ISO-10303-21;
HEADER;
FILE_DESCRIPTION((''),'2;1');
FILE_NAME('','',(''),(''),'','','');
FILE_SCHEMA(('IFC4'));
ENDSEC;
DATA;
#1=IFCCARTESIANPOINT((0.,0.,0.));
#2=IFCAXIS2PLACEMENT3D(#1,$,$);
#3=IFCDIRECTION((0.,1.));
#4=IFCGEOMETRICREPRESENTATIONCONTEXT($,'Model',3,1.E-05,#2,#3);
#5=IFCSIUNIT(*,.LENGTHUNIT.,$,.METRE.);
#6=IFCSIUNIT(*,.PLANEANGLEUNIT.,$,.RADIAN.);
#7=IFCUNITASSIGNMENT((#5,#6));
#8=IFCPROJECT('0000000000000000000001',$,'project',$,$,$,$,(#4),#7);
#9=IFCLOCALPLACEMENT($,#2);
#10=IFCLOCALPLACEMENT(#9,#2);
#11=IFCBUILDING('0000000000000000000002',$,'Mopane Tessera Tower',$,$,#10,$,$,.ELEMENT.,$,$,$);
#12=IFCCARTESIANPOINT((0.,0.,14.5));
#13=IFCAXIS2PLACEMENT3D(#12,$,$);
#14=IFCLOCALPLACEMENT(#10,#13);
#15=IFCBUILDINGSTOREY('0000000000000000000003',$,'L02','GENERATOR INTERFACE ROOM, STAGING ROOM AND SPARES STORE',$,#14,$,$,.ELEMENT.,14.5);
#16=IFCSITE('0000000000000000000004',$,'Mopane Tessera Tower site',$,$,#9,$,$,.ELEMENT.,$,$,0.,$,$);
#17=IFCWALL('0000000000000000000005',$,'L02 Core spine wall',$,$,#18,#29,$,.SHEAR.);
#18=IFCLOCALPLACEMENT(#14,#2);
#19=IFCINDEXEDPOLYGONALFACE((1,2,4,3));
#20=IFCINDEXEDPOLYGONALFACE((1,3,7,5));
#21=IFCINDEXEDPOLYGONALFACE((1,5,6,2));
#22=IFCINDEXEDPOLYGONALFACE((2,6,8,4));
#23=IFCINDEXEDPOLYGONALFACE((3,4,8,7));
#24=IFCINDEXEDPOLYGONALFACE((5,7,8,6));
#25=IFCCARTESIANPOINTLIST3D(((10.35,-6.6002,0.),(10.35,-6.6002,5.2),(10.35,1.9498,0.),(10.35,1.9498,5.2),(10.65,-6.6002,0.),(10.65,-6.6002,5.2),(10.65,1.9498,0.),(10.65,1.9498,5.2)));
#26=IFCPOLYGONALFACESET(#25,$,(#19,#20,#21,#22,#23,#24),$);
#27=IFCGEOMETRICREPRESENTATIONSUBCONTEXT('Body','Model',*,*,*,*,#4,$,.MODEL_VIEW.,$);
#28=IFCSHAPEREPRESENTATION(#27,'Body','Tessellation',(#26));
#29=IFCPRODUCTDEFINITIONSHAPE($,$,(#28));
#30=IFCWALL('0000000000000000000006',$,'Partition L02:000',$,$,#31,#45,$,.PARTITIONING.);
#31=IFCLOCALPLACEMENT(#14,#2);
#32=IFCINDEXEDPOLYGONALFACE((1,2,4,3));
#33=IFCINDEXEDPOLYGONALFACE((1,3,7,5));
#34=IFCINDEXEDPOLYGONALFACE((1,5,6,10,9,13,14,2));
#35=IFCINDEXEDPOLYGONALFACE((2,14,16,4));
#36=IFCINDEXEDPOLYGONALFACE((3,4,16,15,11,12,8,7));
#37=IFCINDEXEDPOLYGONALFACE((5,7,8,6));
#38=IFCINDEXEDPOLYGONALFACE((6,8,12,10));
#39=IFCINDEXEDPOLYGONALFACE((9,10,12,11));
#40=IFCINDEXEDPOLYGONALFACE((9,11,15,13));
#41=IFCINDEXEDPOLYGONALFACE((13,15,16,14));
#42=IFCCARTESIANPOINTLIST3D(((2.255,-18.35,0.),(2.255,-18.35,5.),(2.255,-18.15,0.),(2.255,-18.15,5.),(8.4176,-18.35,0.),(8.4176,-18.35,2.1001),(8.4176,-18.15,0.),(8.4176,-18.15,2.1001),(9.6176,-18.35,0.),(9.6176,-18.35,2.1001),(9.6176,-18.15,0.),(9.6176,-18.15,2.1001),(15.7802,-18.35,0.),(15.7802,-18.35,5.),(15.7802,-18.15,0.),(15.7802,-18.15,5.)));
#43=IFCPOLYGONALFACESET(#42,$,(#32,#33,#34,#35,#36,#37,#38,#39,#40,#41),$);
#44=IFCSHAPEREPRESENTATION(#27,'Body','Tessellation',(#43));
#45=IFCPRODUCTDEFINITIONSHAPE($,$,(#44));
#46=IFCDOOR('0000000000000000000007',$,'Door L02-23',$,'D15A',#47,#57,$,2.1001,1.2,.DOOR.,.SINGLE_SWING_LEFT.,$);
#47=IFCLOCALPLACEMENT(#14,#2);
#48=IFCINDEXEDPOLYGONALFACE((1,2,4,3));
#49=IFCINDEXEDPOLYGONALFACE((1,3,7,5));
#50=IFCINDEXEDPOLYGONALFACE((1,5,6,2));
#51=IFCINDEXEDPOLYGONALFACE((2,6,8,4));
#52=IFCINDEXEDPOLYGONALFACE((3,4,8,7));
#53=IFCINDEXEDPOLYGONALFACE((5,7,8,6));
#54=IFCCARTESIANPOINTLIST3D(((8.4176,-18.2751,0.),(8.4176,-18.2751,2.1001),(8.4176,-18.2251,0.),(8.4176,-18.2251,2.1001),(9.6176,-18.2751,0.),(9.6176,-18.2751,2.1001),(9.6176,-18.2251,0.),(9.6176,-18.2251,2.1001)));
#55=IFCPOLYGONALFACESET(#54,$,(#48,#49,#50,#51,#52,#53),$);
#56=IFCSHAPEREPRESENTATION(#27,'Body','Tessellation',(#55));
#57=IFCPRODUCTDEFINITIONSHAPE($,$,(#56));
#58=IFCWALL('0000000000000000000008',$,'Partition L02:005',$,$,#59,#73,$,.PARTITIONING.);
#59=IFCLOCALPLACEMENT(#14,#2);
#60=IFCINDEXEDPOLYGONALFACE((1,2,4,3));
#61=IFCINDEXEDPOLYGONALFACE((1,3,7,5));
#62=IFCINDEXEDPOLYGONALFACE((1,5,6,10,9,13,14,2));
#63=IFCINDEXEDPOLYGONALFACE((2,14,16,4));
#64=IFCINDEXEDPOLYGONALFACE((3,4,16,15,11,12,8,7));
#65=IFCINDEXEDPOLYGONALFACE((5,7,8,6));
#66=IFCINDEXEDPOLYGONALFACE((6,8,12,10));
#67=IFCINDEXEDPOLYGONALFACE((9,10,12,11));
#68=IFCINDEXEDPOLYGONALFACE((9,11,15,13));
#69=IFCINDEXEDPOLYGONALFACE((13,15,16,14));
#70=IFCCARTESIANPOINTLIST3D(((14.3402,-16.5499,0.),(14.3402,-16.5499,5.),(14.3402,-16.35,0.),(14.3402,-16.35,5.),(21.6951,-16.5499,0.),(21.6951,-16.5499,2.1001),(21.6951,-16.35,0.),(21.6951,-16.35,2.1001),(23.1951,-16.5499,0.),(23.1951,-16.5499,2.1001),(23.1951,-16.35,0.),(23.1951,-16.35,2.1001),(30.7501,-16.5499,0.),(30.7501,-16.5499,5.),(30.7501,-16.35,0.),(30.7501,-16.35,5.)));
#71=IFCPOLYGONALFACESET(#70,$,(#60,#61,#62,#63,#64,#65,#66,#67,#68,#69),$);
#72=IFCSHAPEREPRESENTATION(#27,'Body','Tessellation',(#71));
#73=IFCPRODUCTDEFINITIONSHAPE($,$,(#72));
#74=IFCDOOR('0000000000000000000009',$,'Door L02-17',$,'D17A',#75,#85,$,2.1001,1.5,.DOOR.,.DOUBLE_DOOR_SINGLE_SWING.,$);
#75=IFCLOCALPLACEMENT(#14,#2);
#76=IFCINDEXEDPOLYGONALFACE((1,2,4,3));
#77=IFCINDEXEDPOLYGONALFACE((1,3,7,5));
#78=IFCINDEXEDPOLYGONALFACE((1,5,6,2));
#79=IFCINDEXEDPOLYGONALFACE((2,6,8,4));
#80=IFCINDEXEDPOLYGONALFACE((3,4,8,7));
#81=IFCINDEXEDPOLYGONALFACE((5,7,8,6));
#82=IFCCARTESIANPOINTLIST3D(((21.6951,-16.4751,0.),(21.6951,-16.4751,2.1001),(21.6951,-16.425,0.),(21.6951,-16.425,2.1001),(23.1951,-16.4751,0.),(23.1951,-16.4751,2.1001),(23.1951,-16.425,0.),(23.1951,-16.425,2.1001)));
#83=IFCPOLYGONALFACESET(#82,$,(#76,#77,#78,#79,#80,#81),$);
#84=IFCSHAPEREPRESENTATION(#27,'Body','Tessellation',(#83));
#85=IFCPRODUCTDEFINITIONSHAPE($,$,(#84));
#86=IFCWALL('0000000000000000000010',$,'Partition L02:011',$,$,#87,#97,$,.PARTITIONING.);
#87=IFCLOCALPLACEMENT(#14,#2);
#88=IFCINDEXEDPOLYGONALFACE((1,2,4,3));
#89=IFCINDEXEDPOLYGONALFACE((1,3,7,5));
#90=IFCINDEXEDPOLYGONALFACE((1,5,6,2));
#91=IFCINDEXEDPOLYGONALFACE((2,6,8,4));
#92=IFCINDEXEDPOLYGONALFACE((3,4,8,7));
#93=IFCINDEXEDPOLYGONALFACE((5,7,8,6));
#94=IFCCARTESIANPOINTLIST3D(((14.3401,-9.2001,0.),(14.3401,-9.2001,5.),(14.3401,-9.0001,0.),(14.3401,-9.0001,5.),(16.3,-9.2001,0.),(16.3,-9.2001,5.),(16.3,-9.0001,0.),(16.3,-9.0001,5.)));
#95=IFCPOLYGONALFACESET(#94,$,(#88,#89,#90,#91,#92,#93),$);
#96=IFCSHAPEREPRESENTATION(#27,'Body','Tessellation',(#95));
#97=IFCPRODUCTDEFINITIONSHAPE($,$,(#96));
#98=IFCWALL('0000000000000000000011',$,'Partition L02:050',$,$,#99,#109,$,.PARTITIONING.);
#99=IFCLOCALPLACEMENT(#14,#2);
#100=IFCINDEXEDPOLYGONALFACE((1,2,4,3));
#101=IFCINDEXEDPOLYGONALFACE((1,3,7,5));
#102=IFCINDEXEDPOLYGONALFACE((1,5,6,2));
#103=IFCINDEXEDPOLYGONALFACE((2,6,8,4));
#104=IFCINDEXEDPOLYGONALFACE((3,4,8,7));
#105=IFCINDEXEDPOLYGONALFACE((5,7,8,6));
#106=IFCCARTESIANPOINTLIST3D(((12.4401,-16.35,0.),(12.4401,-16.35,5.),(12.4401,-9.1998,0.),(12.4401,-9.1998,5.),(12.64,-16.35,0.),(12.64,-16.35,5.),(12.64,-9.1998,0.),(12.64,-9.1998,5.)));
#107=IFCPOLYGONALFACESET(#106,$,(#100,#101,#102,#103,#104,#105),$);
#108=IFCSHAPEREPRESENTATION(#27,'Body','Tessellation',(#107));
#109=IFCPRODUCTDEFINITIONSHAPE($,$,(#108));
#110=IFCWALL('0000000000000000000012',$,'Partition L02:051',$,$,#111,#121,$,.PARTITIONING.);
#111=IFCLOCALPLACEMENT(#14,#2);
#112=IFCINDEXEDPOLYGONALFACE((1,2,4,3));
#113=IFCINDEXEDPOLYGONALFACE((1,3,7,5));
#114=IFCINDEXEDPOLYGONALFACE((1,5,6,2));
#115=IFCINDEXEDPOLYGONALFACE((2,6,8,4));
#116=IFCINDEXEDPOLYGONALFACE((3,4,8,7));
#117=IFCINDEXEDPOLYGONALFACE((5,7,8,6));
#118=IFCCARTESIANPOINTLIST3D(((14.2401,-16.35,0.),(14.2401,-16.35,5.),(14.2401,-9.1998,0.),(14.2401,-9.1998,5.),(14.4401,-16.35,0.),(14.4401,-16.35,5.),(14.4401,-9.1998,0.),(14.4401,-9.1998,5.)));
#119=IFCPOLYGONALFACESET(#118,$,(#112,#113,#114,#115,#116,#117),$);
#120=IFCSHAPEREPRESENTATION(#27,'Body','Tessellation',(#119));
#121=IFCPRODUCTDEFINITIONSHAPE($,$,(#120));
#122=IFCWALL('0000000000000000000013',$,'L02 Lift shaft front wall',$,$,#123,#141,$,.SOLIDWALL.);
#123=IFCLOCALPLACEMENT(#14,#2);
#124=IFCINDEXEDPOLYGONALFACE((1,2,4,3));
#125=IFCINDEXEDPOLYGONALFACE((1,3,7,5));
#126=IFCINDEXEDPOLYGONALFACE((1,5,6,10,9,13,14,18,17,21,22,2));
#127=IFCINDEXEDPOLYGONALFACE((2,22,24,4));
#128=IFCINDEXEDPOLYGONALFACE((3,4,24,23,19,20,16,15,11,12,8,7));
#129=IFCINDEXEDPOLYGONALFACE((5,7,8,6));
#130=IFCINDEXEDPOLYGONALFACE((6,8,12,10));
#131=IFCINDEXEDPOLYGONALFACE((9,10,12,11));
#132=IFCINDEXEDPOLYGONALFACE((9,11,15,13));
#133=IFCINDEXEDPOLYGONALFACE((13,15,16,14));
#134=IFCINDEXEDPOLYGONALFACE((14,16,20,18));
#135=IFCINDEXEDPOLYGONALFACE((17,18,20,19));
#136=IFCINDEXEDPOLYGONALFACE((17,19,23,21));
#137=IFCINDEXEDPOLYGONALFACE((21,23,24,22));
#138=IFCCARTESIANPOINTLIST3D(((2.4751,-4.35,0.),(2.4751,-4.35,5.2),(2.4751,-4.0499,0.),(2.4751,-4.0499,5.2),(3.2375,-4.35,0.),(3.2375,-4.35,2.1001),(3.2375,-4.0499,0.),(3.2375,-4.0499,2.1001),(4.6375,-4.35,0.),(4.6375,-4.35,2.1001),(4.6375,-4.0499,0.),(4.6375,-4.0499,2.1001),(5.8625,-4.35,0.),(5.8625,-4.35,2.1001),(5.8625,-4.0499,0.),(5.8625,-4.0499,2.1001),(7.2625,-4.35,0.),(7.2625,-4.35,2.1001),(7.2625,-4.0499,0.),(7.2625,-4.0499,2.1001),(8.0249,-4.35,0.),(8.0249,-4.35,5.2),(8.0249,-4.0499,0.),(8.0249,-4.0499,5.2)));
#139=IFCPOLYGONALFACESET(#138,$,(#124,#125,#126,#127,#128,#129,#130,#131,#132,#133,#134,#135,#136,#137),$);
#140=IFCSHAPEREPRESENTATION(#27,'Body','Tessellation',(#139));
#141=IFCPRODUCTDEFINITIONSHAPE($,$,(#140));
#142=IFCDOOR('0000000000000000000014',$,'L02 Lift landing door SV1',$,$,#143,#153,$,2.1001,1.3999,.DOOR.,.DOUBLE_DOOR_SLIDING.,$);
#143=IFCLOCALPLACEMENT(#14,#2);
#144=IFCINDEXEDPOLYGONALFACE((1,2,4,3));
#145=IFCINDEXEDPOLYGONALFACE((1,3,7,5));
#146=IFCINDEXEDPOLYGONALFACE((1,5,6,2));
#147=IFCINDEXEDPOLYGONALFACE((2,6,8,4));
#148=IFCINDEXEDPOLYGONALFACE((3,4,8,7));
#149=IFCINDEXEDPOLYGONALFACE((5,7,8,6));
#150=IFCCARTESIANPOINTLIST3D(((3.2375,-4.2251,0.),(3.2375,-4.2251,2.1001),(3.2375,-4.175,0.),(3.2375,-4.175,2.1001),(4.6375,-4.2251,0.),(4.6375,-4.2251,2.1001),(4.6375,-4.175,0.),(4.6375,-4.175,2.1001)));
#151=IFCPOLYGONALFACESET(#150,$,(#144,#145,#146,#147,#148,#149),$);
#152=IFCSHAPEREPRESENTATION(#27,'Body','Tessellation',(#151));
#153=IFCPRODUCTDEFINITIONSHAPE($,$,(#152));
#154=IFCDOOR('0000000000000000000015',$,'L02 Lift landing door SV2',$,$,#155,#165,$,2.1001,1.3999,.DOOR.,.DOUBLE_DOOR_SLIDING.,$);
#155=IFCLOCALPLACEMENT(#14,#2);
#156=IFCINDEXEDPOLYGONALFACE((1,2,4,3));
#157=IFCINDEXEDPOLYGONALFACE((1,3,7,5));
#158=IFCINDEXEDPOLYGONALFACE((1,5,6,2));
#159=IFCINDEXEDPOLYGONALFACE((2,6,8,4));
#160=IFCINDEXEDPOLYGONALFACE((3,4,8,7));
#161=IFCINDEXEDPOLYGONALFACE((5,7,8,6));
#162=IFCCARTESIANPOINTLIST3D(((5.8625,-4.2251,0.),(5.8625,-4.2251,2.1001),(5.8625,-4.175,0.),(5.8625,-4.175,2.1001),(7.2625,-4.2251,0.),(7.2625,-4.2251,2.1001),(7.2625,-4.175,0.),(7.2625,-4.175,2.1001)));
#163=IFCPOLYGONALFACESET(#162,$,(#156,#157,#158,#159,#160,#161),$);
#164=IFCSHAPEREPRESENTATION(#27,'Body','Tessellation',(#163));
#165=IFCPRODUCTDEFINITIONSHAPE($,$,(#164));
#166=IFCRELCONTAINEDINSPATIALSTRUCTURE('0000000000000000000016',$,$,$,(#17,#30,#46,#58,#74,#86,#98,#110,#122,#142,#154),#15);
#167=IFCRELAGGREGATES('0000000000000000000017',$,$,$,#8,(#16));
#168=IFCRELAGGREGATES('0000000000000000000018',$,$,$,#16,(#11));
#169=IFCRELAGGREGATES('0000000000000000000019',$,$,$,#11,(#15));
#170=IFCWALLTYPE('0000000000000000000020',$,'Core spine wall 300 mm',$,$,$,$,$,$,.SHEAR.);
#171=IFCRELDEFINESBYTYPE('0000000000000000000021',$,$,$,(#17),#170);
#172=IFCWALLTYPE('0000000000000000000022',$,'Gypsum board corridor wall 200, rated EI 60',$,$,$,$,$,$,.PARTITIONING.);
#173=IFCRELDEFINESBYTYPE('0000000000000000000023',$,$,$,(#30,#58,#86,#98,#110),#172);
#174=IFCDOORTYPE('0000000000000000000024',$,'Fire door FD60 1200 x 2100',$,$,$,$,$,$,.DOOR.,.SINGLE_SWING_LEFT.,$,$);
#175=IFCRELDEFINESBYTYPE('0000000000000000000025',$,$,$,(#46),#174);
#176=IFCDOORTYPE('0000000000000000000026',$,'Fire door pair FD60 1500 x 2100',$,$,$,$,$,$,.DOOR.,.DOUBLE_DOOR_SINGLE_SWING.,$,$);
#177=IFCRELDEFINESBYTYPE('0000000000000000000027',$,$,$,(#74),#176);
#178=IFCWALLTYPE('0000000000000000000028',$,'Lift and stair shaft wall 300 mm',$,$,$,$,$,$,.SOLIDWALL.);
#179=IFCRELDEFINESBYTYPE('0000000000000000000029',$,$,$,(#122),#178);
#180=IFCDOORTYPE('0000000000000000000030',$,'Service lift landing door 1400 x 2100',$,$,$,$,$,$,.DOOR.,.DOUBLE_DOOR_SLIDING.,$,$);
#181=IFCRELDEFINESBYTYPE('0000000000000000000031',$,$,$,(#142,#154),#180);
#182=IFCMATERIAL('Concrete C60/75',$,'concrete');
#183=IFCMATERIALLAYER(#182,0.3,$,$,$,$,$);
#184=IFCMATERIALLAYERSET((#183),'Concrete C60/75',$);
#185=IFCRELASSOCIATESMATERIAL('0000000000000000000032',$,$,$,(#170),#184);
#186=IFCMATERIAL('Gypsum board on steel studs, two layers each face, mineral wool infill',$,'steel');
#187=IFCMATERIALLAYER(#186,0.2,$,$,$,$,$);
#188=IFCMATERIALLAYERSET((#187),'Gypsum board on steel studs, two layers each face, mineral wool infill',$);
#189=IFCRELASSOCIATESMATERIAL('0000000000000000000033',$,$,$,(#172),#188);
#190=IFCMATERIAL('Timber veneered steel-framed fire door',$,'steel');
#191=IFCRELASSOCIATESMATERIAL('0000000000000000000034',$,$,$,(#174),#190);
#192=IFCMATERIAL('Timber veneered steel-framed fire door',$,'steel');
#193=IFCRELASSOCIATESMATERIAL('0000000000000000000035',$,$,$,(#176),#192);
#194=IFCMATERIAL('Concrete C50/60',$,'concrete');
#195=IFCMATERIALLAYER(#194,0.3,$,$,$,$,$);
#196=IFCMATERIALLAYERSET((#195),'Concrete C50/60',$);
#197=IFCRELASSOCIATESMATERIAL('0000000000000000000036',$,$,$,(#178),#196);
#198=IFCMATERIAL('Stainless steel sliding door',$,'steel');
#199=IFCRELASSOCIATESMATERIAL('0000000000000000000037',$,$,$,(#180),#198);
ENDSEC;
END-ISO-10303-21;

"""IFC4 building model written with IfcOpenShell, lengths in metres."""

from ifc_helpers import new_model, si_unit, direction, frame, frame_2d, origin, place, context, subcontext, project, spatial, rectangle, extrude, material, layer, layer_set, type_object, element, fill, save


model = new_model("IFC4")

# Units and contexts
model_context = context("Model", 3, precision=1e-05, world=origin(), true_north=direction((0.0, 1.0)))
body_context = subcontext(model_context, "Body", "Model", "MODEL_VIEW")
ifc_project = project(units=[si_unit("LENGTHUNIT", "METRE"), si_unit("PLANEANGLEUNIT", "RADIAN")], contexts=[model_context])

# Site, building, storey
site_placement = place(None, origin())
site = spatial("IfcSite", under=ifc_project, at=site_placement, Name="Mopane Tessera Tower site", CompositionType="ELEMENT", RefElevation=0.0)
building_placement = place(site_placement, origin())
building = spatial("IfcBuilding", under=site, at=building_placement, Name="Mopane Tessera Tower", CompositionType="ELEMENT")
storey_placement = place(building_placement, frame((0.0, 0.0, 14.5)))
storey = spatial("IfcBuildingStorey", under=building, at=storey_placement, Name="L02", Description="GENERATOR INTERFACE ROOM, STAGING ROOM AND SPARES STORE", CompositionType="ELEMENT", Elevation=14.5)

# Wall
ifc_material_1 = material(Name="Concrete C60/75", Category="concrete")
ifc_layer_1 = layer(ifc_material_1, 0.3)
ifc_layer_set_1 = layer_set([ifc_layer_1], Name="Concrete C60/75")
wall_type_1 = type_object("IfcWallType", Name="Core spine wall 300 mm", PredefinedType="SHEAR", material=ifc_layer_set_1)
wall_1_placement = place(storey_placement, frame((10.5, -6.6001, 0.0), z_axis=(0.0, 0.0, 1.0), x_axis=(0.0, 1.0, 0.0)))
element("IfcWall", 1, at=wall_1_placement, inside=storey, type_object=wall_type_1, Name="L02 Core spine wall", PredefinedType="SHEAR", context=body_context, shape_type="SweptSolid", body=[
    extrude(rectangle(XDim=8.55, YDim=0.3, at=frame_2d((4.2749, 0.0))), origin(), (0.0, 0.0, 1.0), 5.2),
])

# Walls, openings, doors
ifc_material_2 = material(Name="Gypsum board on steel studs, two layers each face, mineral wool infill", Category="steel")
ifc_layer_2 = layer(ifc_material_2, 0.2)
ifc_layer_set_2 = layer_set([ifc_layer_2], Name="Gypsum board on steel studs, two layers each face, mineral wool infill")
wall_type_2 = type_object("IfcWallType", Name="Gypsum board corridor wall 200, rated EI 60", PredefinedType="PARTITIONING", material=ifc_layer_set_2)
wall_2_placement = place(storey_placement, frame((2.2549, -18.25, 0.0), z_axis=(0.0, 0.0, 1.0), x_axis=(1.0, 0.0, 0.0)))
wall_2 = element("IfcWall", 2, at=wall_2_placement, inside=storey, type_object=wall_type_2, Name="Partition L02:000", PredefinedType="PARTITIONING", context=body_context, shape_type="SweptSolid", body=[
    extrude(rectangle(XDim=13.5251, YDim=0.2, at=frame_2d((6.7627, 0.0))), origin(), (0.0, 0.0, 1.0), 5.0),
])
opening_1_placement = place(wall_2_placement, frame((6.1626, 0.0, 0.0)))
opening_1 = element("IfcOpeningElement", 3, at=opening_1_placement, cuts=wall_2, PredefinedType="OPENING", context=body_context, shape_type="SweptSolid", body=[
    extrude(rectangle(XDim=1.2, YDim=2.1001, at=frame_2d((0.6001, 1.05))), frame((0.0, 0.1121, 0.0), z_axis=(0.0, -1.0, 0.0), x_axis=(1.0, 0.0, 0.0)), (0.0, 0.0, 1.0), 0.2239),
])
ifc_material_3 = material(Name="Timber veneered steel-framed fire door", Category="steel")
door_type_1 = type_object("IfcDoorType", Name="Fire door FD60 1200 x 2100", OperationType="SINGLE_SWING_LEFT", PredefinedType="DOOR", material=ifc_material_3)
door_1_placement = place(opening_1_placement, origin())
door_1 = element("IfcDoor", 4, at=door_1_placement, inside=storey, type_object=door_type_1, Name="Door L02-23", ObjectType="D15A", OperationType="SINGLE_SWING_LEFT", OverallHeight=2.1001, OverallWidth=1.2, PredefinedType="DOOR", context=body_context, shape_type="SweptSolid", body=[
    extrude(rectangle(XDim=1.2, YDim=2.1001, at=frame_2d((0.6001, 1.05))), frame((0.0, 0.0249, 0.0), z_axis=(0.0, -1.0, 0.0), x_axis=(1.0, 0.0, 0.0)), (0.0, 0.0, 1.0), 0.05),
])
fill(opening_1, door_1)
wall_3_placement = place(storey_placement, frame((14.3401, -16.45, 0.0), z_axis=(0.0, 0.0, 1.0), x_axis=(1.0, 0.0, 0.0)))
wall_3 = element("IfcWall", 5, at=wall_3_placement, inside=storey, type_object=wall_type_2, Name="Partition L02:005", PredefinedType="PARTITIONING", context=body_context, shape_type="SweptSolid", body=[
    extrude(rectangle(XDim=16.4099, YDim=0.2, at=frame_2d((8.2051, 0.0))), origin(), (0.0, 0.0, 1.0), 5.0),
])
opening_2_placement = place(wall_3_placement, frame((7.355, 0.0, 0.0)))
opening_2 = element("IfcOpeningElement", 6, at=opening_2_placement, cuts=wall_3, PredefinedType="OPENING", context=body_context, shape_type="SweptSolid", body=[
    extrude(rectangle(XDim=1.5, YDim=2.1001, at=frame_2d((0.75, 1.05))), frame((0.0, 0.1121, 0.0), z_axis=(0.0, -1.0, 0.0), x_axis=(1.0, 0.0, 0.0)), (0.0, 0.0, 1.0), 0.2239),
])
ifc_material_4 = material(Name="Timber veneered steel-framed fire door", Category="steel")
door_type_2 = type_object("IfcDoorType", Name="Fire door pair FD60 1500 x 2100", OperationType="DOUBLE_DOOR_SINGLE_SWING", PredefinedType="DOOR", material=ifc_material_4)
door_2_placement = place(opening_2_placement, origin())
door_2 = element("IfcDoor", 7, at=door_2_placement, inside=storey, type_object=door_type_2, Name="Door L02-17", ObjectType="D17A", OperationType="DOUBLE_DOOR_SINGLE_SWING", OverallHeight=2.1001, OverallWidth=1.5, PredefinedType="DOOR", context=body_context, shape_type="SweptSolid", body=[
    extrude(rectangle(XDim=1.5, YDim=2.1001, at=frame_2d((0.75, 1.05))), frame((0.0, 0.0249, 0.0), z_axis=(0.0, -1.0, 0.0), x_axis=(1.0, 0.0, 0.0)), (0.0, 0.0, 1.0), 0.05),
])
fill(opening_2, door_2)

# Walls
wall_4_placement = place(storey_placement, frame((14.3401, -9.1001, 0.0), z_axis=(0.0, 0.0, 1.0), x_axis=(1.0, 0.0, 0.0)))
element("IfcWall", 8, at=wall_4_placement, inside=storey, type_object=wall_type_2, Name="Partition L02:011", PredefinedType="PARTITIONING", context=body_context, shape_type="SweptSolid", body=[
    extrude(rectangle(XDim=1.96, YDim=0.2, at=frame_2d((0.98, 0.0))), origin(), (0.0, 0.0, 1.0), 5.0),
])
for number, where, z_axis, x_axis, name in (
    (9, (12.54, -16.3501, 0.0), (0.0, 0.0, 1.0), (0.0, 1.0, 0.0), "Partition L02:050"),
    (10, (14.3401, -16.3501, 0.0), (0.0, 0.0, 1.0), (0.0, 1.0, 0.0), "Partition L02:051"),
):
    element("IfcWall", number, at=place(storey_placement, frame(where, z_axis=z_axis, x_axis=x_axis)), inside=storey, type_object=wall_type_2, Name=name, PredefinedType="PARTITIONING", context=body_context, shape_type="SweptSolid", body=[
        extrude(rectangle(XDim=7.1501, YDim=0.2, at=frame_2d((3.5752, 0.0))), origin(), (0.0, 0.0, 1.0), 5.0),
    ])

# Wall, openings, doors
ifc_material_5 = material(Name="Concrete C50/60", Category="concrete")
ifc_layer_3 = layer(ifc_material_5, 0.3)
ifc_layer_set_3 = layer_set([ifc_layer_3], Name="Concrete C50/60")
wall_type_3 = type_object("IfcWallType", Name="Lift and stair shaft wall 300 mm", PredefinedType="SOLIDWALL", material=ifc_layer_set_3)
wall_5_placement = place(storey_placement, frame((2.4751, -4.2, 0.0), z_axis=(0.0, 0.0, 1.0), x_axis=(1.0, 0.0, 0.0)))
wall_5 = element("IfcWall", 11, at=wall_5_placement, inside=storey, type_object=wall_type_3, Name="L02 Lift shaft front wall", PredefinedType="SOLIDWALL", context=body_context, shape_type="SweptSolid", body=[
    extrude(rectangle(XDim=5.5498, YDim=0.3, at=frame_2d((2.7749, 0.0))), origin(), (0.0, 0.0, 1.0), 5.2),
])
opening_3_placement = place(wall_5_placement, frame((0.7625, 0.0, 0.0)))
opening_3 = element("IfcOpeningElement", 12, at=opening_3_placement, cuts=wall_5, PredefinedType="OPENING", context=body_context, shape_type="SweptSolid", body=[
    extrude(rectangle(XDim=1.3999, YDim=2.1001, at=frame_2d((0.7, 1.05))), frame((0.0, 0.1621, 0.0), z_axis=(0.0, -1.0, 0.0), x_axis=(1.0, 0.0, 0.0)), (0.0, 0.0, 1.0), 0.324),
])
opening_4_placement = place(wall_5_placement, frame((3.3875, 0.0, 0.0)))
opening_4 = element("IfcOpeningElement", 13, at=opening_4_placement, cuts=wall_5, PredefinedType="OPENING", context=body_context, shape_type="SweptSolid", body=[
    extrude(rectangle(XDim=1.3999, YDim=2.1001, at=frame_2d((0.7, 1.05))), frame((0.0, 0.1621, 0.0), z_axis=(0.0, -1.0, 0.0), x_axis=(1.0, 0.0, 0.0)), (0.0, 0.0, 1.0), 0.324),
])
ifc_material_6 = material(Name="Stainless steel sliding door", Category="steel")
door_type_3 = type_object("IfcDoorType", Name="Service lift landing door 1400 x 2100", OperationType="DOUBLE_DOOR_SLIDING", PredefinedType="DOOR", material=ifc_material_6)
door_3_placement = place(opening_3_placement, origin())
door_3 = element("IfcDoor", 14, at=door_3_placement, inside=storey, type_object=door_type_3, Name="L02 Lift landing door SV1", OperationType="DOUBLE_DOOR_SLIDING", OverallHeight=2.1001, OverallWidth=1.3999, PredefinedType="DOOR", context=body_context, shape_type="SweptSolid", body=[
    extrude(rectangle(XDim=1.3999, YDim=2.1001, at=frame_2d((0.7, 1.05))), frame((0.0, 0.0249, 0.0), z_axis=(0.0, -1.0, 0.0), x_axis=(1.0, 0.0, 0.0)), (0.0, 0.0, 1.0), 0.05),
])
fill(opening_3, door_3)
door_4_placement = place(opening_4_placement, origin())
door_4 = element("IfcDoor", 15, at=door_4_placement, inside=storey, type_object=door_type_3, Name="L02 Lift landing door SV2", OperationType="DOUBLE_DOOR_SLIDING", OverallHeight=2.1001, OverallWidth=1.3999, PredefinedType="DOOR", context=body_context, shape_type="SweptSolid", body=[
    extrude(rectangle(XDim=1.3999, YDim=2.1001, at=frame_2d((0.7, 1.05))), frame((0.0, 0.0249, 0.0), z_axis=(0.0, -1.0, 0.0), x_axis=(1.0, 0.0, 0.0)), (0.0, 0.0, 1.0), 0.05),
])
fill(opening_4, door_4)

save(model, "model.ifc")
